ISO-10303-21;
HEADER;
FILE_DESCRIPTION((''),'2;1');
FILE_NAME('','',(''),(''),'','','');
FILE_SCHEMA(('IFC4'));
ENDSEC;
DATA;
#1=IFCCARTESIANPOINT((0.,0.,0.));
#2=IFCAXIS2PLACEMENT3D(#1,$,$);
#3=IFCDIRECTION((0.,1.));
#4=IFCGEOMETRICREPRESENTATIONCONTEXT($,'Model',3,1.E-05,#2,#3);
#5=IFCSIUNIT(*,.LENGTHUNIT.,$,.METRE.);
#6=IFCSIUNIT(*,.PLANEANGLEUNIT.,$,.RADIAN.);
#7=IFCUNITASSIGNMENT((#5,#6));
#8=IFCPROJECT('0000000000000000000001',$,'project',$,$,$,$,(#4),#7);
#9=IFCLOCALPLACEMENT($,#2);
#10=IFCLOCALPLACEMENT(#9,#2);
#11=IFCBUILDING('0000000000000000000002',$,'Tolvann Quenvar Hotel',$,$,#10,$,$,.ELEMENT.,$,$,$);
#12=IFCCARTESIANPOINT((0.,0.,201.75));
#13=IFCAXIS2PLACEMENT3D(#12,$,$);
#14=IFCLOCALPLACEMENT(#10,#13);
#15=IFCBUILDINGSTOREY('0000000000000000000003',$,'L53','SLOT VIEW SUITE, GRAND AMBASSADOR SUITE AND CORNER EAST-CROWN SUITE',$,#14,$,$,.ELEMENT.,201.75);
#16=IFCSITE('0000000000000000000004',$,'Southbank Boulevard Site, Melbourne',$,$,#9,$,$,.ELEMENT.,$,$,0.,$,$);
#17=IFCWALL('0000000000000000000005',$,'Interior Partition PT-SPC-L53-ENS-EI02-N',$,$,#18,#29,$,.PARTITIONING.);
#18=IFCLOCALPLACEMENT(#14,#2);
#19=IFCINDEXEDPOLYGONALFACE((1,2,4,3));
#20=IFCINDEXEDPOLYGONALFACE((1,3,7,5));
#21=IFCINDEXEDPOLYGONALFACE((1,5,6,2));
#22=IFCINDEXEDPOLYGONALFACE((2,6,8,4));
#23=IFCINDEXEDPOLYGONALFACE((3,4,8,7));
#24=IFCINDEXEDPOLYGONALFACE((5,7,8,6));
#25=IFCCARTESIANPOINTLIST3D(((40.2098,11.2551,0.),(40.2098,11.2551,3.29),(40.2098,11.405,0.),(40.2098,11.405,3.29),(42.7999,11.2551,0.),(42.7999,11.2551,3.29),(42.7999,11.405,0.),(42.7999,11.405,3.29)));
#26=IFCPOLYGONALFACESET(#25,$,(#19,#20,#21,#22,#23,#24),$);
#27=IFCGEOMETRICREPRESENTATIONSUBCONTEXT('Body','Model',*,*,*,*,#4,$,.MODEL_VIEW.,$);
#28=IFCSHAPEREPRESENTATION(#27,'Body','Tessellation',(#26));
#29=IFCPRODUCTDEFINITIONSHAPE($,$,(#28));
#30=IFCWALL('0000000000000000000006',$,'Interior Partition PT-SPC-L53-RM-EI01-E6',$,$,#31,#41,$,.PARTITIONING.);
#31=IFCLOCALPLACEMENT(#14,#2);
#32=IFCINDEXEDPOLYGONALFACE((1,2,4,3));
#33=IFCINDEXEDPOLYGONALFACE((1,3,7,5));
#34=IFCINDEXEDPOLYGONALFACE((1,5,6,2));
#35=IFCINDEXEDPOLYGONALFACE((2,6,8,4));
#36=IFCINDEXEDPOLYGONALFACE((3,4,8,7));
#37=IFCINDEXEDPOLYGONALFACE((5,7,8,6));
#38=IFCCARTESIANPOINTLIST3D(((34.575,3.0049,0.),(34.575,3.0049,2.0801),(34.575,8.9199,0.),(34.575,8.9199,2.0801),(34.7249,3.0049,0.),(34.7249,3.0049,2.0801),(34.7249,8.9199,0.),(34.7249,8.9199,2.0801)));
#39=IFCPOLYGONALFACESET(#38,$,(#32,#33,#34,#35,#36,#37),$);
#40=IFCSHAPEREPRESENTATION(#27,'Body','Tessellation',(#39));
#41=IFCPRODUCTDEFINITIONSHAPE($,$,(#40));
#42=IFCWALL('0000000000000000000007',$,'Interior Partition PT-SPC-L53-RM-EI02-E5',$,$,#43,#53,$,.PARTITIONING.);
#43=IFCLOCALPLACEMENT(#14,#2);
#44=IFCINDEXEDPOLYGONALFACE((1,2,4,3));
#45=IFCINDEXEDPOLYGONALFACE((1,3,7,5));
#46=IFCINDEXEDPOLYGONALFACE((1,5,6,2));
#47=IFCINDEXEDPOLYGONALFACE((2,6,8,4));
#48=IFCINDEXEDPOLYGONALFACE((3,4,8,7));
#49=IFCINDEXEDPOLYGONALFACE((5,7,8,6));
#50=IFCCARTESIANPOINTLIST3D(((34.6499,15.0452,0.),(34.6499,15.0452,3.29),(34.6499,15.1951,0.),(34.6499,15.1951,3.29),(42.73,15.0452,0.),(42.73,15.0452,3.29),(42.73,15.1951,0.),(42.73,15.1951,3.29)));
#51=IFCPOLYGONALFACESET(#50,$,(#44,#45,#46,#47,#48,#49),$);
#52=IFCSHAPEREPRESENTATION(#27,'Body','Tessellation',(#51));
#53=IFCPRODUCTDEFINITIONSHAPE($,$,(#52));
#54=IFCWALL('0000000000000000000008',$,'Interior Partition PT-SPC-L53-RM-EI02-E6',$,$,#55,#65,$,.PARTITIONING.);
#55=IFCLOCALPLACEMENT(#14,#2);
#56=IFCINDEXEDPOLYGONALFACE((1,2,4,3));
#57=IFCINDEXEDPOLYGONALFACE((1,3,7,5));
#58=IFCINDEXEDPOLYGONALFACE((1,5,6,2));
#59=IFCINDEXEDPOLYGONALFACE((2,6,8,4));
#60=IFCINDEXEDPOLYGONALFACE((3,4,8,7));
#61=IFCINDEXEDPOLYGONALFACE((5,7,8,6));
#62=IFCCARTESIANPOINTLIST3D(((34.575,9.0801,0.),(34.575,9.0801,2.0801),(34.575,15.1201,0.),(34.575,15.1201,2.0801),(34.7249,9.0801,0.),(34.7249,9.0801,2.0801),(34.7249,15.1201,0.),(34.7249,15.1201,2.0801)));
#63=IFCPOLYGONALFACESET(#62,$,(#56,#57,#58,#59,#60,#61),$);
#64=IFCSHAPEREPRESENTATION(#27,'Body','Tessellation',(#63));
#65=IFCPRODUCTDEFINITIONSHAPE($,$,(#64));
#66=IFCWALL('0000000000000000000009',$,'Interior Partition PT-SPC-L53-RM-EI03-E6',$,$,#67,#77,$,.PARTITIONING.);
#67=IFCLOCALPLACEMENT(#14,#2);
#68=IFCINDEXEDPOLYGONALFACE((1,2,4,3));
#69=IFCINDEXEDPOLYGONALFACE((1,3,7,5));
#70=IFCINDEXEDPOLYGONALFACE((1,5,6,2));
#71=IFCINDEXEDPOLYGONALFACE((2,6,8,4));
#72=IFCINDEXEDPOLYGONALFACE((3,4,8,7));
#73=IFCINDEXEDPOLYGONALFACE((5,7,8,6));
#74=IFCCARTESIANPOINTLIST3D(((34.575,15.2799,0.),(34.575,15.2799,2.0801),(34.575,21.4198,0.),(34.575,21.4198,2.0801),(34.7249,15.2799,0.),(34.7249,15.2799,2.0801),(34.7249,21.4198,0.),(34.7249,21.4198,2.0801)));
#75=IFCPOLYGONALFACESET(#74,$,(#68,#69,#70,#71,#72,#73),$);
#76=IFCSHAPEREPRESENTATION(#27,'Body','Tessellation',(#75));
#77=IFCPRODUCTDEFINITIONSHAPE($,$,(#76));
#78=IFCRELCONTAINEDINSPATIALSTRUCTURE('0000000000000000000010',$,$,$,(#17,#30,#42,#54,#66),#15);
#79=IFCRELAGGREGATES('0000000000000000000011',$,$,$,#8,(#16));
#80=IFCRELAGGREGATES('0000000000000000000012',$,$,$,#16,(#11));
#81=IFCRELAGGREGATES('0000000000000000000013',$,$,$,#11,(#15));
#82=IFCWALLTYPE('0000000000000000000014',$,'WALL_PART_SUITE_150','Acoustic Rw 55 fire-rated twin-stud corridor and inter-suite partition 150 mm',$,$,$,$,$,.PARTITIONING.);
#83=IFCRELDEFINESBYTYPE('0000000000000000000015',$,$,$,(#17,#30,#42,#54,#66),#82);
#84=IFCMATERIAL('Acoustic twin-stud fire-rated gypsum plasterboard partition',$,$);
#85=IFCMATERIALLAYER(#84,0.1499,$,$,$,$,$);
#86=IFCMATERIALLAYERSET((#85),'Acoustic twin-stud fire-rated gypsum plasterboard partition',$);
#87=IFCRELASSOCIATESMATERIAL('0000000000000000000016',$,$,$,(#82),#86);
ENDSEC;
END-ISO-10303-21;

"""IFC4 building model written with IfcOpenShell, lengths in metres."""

from ifc_helpers import new_model, si_unit, direction, frame, frame_2d, origin, place, context, subcontext, project, spatial, rectangle, extrude, material, layer, layer_set, type_object, element, save


model = new_model("IFC4")

# Units and contexts
model_context = context("Model", 3, precision=1e-05, world=origin(), true_north=direction((0.0, 1.0)))
body_context = subcontext(model_context, "Body", "Model", "MODEL_VIEW")
ifc_project = project(units=[si_unit("LENGTHUNIT", "METRE"), si_unit("PLANEANGLEUNIT", "RADIAN")], contexts=[model_context])

# Site, building, storey
site_placement = place(None, origin())
site = spatial("IfcSite", under=ifc_project, at=site_placement, Name="Southbank Boulevard Site, Melbourne", CompositionType="ELEMENT", RefElevation=0.0)
building_placement = place(site_placement, origin())
building = spatial("IfcBuilding", under=site, at=building_placement, Name="Tolvann Quenvar Hotel", CompositionType="ELEMENT")
storey_placement = place(building_placement, frame((0.0, 0.0, 201.75)))
storey = spatial("IfcBuildingStorey", under=building, at=storey_placement, Name="L53", Description="SLOT VIEW SUITE, GRAND AMBASSADOR SUITE AND CORNER EAST-CROWN SUITE", CompositionType="ELEMENT", Elevation=201.75)

# Shared definitions
ifc_material_1 = material(Name="Acoustic twin-stud fire-rated gypsum plasterboard partition")
ifc_layer_1 = layer(ifc_material_1, 0.1499)
ifc_layer_set_1 = layer_set([ifc_layer_1], Name="Acoustic twin-stud fire-rated gypsum plasterboard partition")
wall_type_1 = type_object("IfcWallType", Name="WALL_PART_SUITE_150", Description="Acoustic Rw 55 fire-rated twin-stud corridor and inter-suite partition 150 mm", PredefinedType="PARTITIONING", material=ifc_layer_set_1)

# Wall
wall_1_placement = place(storey_placement, frame((40.21, 11.3301, 0.0), z_axis=(0.0, 0.0, 1.0), x_axis=(1.0, 0.0, 0.0)))
element("IfcWall", 1, at=wall_1_placement, inside=storey, type_object=wall_type_1, Name="Interior Partition PT-SPC-L53-ENS-EI02-N", PredefinedType="PARTITIONING", context=body_context, shape_type="SweptSolid", body=[
    extrude(rectangle(XDim=2.5901, YDim=0.1499, at=frame_2d((1.2949, 0.0))), origin(), (0.0, 0.0, 1.0), 3.29),
])

# Walls
wall_2_placement = place(storey_placement, frame((34.6499, 3.0049, 0.0), z_axis=(0.0, 0.0, 1.0), x_axis=(0.0, 1.0, 0.0)))
element("IfcWall", 2, at=wall_2_placement, inside=storey, type_object=wall_type_1, Name="Interior Partition PT-SPC-L53-RM-EI01-E6", PredefinedType="PARTITIONING", context=body_context, shape_type="SweptSolid", body=[
    extrude(rectangle(XDim=5.915, YDim=0.1499, at=frame_2d((2.9575, 0.0))), origin(), (0.0, 0.0, 1.0), 2.0801),
])
wall_3_placement = place(storey_placement, frame((34.6499, 15.1201, 0.0), z_axis=(0.0, 0.0, 1.0), x_axis=(1.0, 0.0, 0.0)))
element("IfcWall", 3, at=wall_3_placement, inside=storey, type_object=wall_type_1, Name="Interior Partition PT-SPC-L53-RM-EI02-E5", PredefinedType="PARTITIONING", context=body_context, shape_type="SweptSolid", body=[
    extrude(rectangle(XDim=8.0801, YDim=0.1499, at=frame_2d((4.04, 0.0))), origin(), (0.0, 0.0, 1.0), 3.29),
])
wall_4_placement = place(storey_placement, frame((34.6499, 9.0801, 0.0), z_axis=(0.0, 0.0, 1.0), x_axis=(0.0, 1.0, 0.0)))
element("IfcWall", 4, at=wall_4_placement, inside=storey, type_object=wall_type_1, Name="Interior Partition PT-SPC-L53-RM-EI02-E6", PredefinedType="PARTITIONING", context=body_context, shape_type="SweptSolid", body=[
    extrude(rectangle(XDim=6.04, YDim=0.1499, at=frame_2d((3.02, 0.0))), origin(), (0.0, 0.0, 1.0), 2.0801),
])
wall_5_placement = place(storey_placement, frame((34.6499, 15.28, 0.0), z_axis=(0.0, 0.0, 1.0), x_axis=(0.0, 1.0, 0.0)))
element("IfcWall", 5, at=wall_5_placement, inside=storey, type_object=wall_type_1, Name="Interior Partition PT-SPC-L53-RM-EI03-E6", PredefinedType="PARTITIONING", context=body_context, shape_type="SweptSolid", body=[
    extrude(rectangle(XDim=6.1399, YDim=0.1499, at=frame_2d((3.0698, 0.0))), origin(), (0.0, 0.0, 1.0), 2.0801),
])

save(model, "model.ifc")
